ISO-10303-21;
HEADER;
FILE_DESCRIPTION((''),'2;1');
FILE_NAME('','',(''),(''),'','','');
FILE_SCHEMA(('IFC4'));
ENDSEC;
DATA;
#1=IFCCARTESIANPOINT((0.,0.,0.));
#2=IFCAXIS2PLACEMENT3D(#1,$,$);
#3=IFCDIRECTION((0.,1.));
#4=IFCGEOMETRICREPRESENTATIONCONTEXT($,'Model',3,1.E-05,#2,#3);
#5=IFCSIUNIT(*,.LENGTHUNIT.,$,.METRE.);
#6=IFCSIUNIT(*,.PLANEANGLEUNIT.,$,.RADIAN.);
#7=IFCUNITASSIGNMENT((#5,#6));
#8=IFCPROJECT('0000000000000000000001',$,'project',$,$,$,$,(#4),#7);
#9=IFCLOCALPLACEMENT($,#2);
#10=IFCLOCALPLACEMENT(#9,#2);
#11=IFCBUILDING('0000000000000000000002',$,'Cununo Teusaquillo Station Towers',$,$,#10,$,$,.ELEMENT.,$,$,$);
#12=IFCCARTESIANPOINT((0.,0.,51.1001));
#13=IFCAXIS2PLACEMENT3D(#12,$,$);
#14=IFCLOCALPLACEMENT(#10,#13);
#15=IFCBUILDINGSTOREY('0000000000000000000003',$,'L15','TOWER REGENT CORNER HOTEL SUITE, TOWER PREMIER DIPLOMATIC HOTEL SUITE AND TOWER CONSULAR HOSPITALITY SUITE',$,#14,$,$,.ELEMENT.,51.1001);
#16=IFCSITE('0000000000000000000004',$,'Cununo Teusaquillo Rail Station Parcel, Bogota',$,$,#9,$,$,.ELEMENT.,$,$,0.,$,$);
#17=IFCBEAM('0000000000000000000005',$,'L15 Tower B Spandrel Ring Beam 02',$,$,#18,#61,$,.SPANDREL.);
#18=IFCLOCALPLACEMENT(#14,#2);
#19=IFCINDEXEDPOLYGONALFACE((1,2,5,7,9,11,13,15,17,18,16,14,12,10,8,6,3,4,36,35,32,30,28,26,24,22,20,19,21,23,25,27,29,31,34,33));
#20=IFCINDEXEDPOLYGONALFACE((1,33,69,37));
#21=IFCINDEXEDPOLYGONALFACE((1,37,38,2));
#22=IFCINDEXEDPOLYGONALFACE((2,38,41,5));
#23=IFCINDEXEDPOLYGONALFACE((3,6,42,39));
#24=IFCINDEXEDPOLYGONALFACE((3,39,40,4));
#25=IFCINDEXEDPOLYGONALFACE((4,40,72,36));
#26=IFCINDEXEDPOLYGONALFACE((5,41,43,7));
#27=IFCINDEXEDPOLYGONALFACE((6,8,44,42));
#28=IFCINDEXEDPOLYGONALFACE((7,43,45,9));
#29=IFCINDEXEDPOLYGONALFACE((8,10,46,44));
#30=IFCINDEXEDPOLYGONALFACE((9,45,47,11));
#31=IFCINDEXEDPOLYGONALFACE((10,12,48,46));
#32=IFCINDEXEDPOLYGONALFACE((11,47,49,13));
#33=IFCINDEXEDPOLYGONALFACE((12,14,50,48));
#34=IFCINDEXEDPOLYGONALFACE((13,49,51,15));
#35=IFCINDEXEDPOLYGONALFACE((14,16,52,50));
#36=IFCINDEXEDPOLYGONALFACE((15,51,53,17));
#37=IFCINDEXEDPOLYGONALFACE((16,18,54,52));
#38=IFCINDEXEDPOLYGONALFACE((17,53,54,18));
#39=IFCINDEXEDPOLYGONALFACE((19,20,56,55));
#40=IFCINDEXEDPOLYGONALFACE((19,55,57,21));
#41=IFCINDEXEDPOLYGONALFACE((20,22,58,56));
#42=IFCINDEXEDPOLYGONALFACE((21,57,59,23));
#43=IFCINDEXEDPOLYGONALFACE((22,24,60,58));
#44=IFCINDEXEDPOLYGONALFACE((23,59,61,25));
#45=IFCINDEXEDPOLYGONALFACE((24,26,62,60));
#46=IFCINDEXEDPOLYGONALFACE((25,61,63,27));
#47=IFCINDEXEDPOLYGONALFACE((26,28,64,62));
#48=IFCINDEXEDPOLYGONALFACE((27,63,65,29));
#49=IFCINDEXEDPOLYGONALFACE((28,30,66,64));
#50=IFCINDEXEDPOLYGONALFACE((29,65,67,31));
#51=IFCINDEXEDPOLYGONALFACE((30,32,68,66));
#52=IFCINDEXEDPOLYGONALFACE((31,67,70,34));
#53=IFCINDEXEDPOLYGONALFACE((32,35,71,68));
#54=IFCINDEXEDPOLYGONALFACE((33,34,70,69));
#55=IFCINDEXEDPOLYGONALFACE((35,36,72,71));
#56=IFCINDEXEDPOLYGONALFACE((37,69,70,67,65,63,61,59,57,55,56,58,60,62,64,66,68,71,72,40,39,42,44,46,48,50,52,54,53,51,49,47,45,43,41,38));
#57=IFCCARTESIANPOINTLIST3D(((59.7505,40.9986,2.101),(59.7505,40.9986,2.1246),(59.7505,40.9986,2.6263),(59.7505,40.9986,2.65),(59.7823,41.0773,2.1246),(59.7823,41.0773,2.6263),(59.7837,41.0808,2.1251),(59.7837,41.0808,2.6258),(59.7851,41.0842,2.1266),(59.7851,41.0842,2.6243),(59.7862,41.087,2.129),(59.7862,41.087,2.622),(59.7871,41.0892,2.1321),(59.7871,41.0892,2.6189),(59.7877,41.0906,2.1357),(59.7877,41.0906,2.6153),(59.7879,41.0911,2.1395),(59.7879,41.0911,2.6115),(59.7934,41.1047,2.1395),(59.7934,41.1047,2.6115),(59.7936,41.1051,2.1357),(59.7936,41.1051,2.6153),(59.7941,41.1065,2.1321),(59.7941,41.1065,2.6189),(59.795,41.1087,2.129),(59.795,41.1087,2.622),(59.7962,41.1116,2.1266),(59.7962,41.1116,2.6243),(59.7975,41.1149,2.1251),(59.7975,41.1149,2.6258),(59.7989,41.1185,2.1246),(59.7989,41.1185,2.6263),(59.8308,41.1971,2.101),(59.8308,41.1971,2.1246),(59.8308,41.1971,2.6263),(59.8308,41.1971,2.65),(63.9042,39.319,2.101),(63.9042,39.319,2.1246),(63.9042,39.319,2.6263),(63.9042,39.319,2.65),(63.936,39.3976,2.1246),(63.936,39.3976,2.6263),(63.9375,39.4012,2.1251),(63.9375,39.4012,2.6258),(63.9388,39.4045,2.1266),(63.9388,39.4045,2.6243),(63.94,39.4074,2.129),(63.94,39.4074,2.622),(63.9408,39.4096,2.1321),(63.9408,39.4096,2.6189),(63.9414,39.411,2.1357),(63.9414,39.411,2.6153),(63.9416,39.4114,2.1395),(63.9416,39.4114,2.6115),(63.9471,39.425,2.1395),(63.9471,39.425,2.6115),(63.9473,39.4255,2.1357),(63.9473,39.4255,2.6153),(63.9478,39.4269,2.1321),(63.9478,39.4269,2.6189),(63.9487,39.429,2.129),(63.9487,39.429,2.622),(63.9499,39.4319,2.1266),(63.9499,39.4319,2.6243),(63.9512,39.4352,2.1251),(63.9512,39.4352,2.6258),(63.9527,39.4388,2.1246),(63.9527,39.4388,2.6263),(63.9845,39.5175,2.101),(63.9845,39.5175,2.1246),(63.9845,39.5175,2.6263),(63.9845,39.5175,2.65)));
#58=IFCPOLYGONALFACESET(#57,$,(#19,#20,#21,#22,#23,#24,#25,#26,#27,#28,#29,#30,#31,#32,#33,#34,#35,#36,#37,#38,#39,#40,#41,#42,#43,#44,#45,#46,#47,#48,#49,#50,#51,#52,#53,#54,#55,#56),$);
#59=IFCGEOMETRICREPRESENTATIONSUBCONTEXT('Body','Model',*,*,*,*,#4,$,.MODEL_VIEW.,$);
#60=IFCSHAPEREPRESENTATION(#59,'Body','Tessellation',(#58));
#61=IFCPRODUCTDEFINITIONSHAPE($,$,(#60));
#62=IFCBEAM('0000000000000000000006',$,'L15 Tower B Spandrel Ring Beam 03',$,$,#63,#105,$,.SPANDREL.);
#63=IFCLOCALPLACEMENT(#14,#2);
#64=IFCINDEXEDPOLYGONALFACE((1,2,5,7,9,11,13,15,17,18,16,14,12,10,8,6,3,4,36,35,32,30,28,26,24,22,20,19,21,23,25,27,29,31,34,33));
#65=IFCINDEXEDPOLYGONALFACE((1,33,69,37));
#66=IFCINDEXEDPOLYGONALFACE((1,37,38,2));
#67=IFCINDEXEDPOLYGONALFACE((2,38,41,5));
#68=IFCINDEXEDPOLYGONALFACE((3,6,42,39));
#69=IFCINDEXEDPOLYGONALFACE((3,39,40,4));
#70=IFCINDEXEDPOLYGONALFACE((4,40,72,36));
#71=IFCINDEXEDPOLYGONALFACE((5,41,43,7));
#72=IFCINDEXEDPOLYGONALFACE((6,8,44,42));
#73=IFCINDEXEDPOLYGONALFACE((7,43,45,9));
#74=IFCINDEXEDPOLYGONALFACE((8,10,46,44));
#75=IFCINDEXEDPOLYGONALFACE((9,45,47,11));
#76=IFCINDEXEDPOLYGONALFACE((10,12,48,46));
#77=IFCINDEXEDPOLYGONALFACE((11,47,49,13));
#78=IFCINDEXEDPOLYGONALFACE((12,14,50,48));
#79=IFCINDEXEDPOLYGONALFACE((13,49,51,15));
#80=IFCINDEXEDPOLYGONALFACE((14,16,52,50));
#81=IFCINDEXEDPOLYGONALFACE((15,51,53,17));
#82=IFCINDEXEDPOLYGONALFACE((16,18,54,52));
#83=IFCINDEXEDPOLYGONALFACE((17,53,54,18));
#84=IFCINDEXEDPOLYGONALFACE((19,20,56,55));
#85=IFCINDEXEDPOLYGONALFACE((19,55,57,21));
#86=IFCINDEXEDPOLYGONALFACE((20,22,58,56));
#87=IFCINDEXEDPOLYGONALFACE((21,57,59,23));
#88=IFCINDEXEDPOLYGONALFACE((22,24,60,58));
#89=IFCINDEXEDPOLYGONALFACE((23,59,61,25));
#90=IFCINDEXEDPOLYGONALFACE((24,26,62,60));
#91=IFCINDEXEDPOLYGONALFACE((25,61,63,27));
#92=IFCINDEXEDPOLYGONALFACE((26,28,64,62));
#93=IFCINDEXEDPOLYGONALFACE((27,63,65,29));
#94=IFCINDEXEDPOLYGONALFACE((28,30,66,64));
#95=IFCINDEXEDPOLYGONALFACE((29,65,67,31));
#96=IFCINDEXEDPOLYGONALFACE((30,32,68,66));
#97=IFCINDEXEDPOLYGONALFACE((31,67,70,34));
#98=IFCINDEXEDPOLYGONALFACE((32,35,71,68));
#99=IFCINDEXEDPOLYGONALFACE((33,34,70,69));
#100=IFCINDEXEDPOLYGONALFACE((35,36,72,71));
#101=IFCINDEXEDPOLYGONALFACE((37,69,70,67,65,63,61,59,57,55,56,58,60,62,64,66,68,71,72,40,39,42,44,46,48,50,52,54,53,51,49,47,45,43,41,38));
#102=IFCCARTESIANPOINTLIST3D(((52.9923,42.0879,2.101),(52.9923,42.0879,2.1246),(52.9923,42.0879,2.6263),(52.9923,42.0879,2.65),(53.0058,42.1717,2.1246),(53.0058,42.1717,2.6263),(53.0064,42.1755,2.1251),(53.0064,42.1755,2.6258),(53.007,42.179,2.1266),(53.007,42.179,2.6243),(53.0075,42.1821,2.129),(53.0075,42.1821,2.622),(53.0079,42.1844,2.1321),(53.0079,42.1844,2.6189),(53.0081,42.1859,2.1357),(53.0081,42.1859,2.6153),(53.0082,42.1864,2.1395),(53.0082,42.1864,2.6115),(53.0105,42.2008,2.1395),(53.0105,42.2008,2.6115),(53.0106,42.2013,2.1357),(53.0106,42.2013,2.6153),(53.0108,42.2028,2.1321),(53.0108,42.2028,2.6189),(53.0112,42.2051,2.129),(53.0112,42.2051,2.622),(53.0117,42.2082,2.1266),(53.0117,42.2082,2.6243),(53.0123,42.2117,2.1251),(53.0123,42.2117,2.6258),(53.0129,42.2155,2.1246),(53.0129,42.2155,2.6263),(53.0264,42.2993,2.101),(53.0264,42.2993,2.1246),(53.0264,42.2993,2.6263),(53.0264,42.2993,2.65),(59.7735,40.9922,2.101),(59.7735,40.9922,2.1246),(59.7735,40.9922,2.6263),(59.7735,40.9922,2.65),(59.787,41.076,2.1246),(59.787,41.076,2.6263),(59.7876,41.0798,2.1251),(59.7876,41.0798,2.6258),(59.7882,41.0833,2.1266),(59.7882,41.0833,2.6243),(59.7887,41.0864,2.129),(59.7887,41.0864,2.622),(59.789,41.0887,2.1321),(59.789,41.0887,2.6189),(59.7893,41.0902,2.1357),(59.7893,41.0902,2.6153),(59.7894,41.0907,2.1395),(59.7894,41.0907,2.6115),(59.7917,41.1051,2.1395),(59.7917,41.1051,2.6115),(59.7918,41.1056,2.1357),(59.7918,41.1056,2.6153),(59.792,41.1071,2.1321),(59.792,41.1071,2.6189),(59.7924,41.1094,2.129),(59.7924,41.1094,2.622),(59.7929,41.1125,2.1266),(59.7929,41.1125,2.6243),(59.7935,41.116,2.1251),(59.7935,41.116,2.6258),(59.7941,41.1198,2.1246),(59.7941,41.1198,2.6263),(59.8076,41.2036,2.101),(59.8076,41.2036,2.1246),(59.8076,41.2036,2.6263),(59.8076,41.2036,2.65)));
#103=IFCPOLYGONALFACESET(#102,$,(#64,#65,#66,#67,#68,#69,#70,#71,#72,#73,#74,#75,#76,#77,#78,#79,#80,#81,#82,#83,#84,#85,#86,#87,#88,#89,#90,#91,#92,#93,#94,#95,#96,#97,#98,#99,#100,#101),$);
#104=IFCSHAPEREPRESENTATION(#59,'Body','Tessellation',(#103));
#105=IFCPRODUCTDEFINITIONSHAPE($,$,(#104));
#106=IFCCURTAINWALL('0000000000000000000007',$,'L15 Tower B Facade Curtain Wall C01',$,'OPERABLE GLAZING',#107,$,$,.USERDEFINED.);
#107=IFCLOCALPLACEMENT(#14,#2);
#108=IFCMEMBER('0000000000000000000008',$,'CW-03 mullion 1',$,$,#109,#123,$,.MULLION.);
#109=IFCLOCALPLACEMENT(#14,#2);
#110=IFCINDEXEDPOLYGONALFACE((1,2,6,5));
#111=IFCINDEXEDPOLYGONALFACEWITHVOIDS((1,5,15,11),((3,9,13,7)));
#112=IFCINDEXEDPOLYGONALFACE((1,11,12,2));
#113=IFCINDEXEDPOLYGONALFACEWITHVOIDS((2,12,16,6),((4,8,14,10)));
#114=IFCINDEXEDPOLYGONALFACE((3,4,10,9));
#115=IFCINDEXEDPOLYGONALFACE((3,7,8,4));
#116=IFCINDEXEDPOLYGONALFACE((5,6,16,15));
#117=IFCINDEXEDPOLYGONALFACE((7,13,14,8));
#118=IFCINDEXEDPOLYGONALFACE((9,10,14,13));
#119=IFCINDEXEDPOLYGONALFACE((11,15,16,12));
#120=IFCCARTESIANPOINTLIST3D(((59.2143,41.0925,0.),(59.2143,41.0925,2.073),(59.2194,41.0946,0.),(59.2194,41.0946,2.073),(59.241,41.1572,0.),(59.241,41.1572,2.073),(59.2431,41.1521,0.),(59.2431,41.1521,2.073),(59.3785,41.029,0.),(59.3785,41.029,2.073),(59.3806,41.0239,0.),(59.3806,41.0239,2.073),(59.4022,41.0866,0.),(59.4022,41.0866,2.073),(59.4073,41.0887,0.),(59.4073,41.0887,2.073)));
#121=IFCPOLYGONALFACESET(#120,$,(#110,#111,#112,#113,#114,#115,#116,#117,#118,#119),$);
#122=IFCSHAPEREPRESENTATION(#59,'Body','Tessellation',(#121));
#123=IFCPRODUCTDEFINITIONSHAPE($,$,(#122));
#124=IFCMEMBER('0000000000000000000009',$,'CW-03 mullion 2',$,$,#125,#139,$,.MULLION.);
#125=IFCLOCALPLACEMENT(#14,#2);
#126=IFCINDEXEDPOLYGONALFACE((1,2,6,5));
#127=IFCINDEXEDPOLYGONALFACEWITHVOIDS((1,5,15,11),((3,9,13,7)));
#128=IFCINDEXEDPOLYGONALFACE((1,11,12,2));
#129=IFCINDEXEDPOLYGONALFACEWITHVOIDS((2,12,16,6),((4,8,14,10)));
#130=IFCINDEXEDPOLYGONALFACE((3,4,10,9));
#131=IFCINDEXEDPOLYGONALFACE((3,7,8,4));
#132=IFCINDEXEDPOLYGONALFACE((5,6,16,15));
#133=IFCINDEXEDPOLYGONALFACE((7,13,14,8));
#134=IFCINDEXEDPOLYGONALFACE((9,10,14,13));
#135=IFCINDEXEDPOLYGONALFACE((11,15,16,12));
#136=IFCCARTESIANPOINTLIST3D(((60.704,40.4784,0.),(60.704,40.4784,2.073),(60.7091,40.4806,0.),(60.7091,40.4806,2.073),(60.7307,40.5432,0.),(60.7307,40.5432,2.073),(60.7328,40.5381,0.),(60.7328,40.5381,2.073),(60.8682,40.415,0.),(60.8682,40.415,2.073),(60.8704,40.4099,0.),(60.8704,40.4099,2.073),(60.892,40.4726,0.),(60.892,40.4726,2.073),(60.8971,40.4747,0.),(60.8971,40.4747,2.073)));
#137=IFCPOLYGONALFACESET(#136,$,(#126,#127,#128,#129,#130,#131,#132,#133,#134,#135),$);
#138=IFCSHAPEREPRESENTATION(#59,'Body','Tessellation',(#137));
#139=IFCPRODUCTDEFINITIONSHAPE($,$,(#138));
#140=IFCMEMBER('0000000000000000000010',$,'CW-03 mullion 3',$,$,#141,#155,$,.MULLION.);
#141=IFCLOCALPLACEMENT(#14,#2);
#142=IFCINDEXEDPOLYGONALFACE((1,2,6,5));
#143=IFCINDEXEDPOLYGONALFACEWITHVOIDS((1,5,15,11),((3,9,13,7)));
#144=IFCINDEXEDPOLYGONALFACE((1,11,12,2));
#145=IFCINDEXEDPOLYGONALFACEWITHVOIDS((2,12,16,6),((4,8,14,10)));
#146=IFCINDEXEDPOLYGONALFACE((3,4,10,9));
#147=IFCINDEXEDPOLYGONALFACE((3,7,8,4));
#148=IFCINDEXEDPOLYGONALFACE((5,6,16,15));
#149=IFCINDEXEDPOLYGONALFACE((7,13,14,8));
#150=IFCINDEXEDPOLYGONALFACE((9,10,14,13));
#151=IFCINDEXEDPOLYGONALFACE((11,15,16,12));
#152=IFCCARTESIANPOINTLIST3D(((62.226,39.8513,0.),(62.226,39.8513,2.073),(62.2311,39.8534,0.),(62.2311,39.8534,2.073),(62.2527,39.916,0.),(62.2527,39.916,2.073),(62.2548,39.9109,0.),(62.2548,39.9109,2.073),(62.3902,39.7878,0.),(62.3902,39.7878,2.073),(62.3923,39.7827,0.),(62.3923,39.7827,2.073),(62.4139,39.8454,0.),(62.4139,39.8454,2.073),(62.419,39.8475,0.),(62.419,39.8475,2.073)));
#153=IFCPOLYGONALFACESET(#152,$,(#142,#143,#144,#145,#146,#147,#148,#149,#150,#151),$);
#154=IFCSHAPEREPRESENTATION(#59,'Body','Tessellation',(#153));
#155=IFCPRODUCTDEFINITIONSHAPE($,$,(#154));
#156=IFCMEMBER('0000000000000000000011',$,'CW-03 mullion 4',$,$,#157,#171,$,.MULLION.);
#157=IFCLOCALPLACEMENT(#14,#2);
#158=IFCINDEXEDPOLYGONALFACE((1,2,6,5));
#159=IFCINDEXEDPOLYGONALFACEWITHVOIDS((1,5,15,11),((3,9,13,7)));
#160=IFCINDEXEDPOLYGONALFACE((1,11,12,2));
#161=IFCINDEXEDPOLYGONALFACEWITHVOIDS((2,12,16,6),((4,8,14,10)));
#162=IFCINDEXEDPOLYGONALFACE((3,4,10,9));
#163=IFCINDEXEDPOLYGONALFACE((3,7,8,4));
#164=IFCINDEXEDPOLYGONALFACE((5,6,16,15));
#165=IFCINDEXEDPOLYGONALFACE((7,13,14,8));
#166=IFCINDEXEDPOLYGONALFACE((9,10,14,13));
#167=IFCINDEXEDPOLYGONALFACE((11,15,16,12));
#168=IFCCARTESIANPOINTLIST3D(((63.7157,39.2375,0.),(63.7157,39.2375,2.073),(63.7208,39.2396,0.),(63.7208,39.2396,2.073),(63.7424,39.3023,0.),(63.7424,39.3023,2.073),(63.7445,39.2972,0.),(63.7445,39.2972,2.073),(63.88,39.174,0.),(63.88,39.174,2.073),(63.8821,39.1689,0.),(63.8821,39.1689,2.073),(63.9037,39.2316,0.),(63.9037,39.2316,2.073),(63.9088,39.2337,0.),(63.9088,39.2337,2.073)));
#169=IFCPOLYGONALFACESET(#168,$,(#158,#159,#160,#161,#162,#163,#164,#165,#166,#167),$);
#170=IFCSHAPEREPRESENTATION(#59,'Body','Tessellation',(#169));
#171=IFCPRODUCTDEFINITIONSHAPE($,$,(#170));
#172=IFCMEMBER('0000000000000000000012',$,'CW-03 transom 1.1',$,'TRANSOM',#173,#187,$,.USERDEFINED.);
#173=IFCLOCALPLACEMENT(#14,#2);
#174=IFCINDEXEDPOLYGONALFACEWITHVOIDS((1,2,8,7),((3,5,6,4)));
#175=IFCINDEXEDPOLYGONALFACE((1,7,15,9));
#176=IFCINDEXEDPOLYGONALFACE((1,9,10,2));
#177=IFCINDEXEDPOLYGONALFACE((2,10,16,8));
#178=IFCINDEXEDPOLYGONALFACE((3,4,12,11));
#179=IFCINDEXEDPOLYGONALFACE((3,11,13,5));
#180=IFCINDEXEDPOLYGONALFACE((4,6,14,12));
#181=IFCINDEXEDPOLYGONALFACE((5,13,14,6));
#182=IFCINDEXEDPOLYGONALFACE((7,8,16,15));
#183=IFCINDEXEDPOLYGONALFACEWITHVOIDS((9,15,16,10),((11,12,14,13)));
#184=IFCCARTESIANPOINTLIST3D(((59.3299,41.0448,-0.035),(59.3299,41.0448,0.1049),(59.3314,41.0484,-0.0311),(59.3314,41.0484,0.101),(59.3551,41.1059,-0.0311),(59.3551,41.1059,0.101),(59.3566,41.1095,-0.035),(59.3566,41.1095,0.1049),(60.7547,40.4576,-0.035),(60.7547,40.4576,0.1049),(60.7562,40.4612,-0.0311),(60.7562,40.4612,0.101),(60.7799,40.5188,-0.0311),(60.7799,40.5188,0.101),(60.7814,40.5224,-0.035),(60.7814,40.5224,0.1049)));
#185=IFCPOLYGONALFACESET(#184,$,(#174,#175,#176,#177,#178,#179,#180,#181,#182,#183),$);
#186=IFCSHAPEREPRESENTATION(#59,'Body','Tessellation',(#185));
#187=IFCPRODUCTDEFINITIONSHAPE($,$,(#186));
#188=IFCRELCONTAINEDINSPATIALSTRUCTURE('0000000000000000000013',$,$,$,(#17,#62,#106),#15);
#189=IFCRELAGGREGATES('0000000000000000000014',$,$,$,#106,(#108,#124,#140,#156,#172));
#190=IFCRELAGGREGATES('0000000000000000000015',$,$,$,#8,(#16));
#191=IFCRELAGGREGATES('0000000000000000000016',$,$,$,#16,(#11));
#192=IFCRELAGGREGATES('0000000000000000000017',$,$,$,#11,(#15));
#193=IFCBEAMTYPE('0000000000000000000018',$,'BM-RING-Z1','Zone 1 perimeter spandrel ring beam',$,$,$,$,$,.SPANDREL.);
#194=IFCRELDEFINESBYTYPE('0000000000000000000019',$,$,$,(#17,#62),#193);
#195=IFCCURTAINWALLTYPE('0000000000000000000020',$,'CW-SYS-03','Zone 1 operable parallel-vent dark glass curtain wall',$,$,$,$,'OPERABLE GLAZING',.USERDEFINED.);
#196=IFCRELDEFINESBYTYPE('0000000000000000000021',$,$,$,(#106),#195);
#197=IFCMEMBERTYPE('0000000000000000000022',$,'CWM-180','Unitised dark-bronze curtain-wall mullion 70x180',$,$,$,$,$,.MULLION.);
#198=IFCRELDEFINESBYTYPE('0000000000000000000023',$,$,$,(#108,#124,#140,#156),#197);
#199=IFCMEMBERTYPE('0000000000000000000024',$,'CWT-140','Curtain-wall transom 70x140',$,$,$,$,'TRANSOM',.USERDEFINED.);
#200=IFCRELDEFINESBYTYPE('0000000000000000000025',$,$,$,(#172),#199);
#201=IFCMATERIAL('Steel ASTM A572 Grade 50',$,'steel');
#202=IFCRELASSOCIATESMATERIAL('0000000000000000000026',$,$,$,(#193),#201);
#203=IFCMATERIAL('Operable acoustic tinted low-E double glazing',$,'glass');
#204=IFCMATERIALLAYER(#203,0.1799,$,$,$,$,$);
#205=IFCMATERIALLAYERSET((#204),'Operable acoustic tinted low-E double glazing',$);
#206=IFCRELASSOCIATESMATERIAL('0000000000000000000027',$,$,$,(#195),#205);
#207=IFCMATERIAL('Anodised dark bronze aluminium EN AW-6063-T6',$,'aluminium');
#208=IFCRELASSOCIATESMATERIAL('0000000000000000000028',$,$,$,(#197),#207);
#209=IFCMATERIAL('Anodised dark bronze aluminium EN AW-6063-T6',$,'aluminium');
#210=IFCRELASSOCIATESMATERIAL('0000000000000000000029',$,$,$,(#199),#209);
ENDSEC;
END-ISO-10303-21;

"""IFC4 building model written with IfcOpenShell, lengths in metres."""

from ifc_helpers import new_model, si_unit, direction, frame, origin, origin_2d, place, context, subcontext, project, spatial, hollow_rectangle, i_section, extrude, material, layer, layer_set, material_profile, profile_set, type_object, element, aggregate, save


model = new_model("IFC4")

# Units and contexts
model_context = context("Model", 3, precision=1e-05, world=origin(), true_north=direction((0.0, 1.0)))
body_context = subcontext(model_context, "Body", "Model", "MODEL_VIEW")
ifc_project = project(units=[si_unit("LENGTHUNIT", "METRE"), si_unit("PLANEANGLEUNIT", "RADIAN")], contexts=[model_context])

# Site, building, storey
site_placement = place(None, origin())
site = spatial("IfcSite", under=ifc_project, at=site_placement, Name="Cununo Teusaquillo Rail Station Parcel, Bogota", CompositionType="ELEMENT", RefElevation=0.0)
building_placement = place(site_placement, origin())
building = spatial("IfcBuilding", under=site, at=building_placement, Name="Cununo Teusaquillo Station Towers", CompositionType="ELEMENT")
storey_placement = place(building_placement, frame((0.0, 0.0, 51.1001)))
storey = spatial("IfcBuildingStorey", under=building, at=storey_placement, Name="L15", Description="TOWER REGENT CORNER HOTEL SUITE, TOWER PREMIER DIPLOMATIC HOTEL SUITE AND TOWER CONSULAR HOSPITALITY SUITE", CompositionType="ELEMENT", Elevation=51.1001)

# Beams
ifc_material_1 = material(Name="Steel ASTM A572 Grade 50", Category="steel")
ifc_material_profile_1 = material_profile(ifc_material_1, i_section(OverallWidth=0.2141, OverallDepth=0.5491, WebThickness=0.0146, FlangeThickness=0.0237, FilletRadius=0.0149, at=origin_2d()), Name="W21X93")
ifc_profile_set_1 = profile_set([ifc_material_profile_1], Name="Steel ASTM A572 Grade 50")
beam_type_1 = type_object("IfcBeamType", Name="BM-RING-Z1", Description="Zone 1 perimeter spandrel ring beam", PredefinedType="SPANDREL", material=ifc_profile_set_1)
beam_1_placement = place(storey_placement, frame((63.9443, 39.4182, 2.3755), z_axis=(-0.927072, 0.374883, 0.0), x_axis=(-0.374883, -0.927072, 0.0)))
element("IfcBeam", 1, at=beam_1_placement, inside=storey, type_object=beam_type_1, Name="L15 Tower B Spandrel Ring Beam 02", PredefinedType="SPANDREL", context=body_context, shape_type="SweptSolid", body=[
    extrude(i_section(OverallWidth=0.2141, OverallDepth=0.5491, WebThickness=0.0146, FlangeThickness=0.0237, FilletRadius=0.0149, at=origin_2d()), origin(), (0.0, 0.0, 1.0), 4.4805),
])
beam_2_placement = place(storey_placement, frame((59.7905, 41.0979, 2.3755), z_axis=(-0.987196, 0.15951, 0.0), x_axis=(-0.15951, -0.987196, 0.0)))
element("IfcBeam", 2, at=beam_2_placement, inside=storey, type_object=beam_type_1, Name="L15 Tower B Spandrel Ring Beam 03", PredefinedType="SPANDREL", context=body_context, shape_type="SweptSolid", body=[
    extrude(i_section(OverallWidth=0.2141, OverallDepth=0.5491, WebThickness=0.0146, FlangeThickness=0.0237, FilletRadius=0.0149, at=origin_2d()), origin(), (0.0, 0.0, 1.0), 6.8691),
])

# Curtain wall, members
ifc_material_2 = material(Name="Operable acoustic tinted low-E double glazing", Category="glass")
ifc_layer_1 = layer(ifc_material_2, 0.1799)
ifc_layer_set_1 = layer_set([ifc_layer_1], Name="Operable acoustic tinted low-E double glazing")
curtain_wall_type = type_object("IfcCurtainWallType", Name="CW-SYS-03", Description="Zone 1 operable parallel-vent dark glass curtain wall", ElementType="OPERABLE GLAZING", PredefinedType="USERDEFINED", material=ifc_layer_set_1)
curtain_wall_placement = place(storey_placement, origin())
curtain_wall = element("IfcCurtainWall", 3, at=curtain_wall_placement, inside=storey, type_object=curtain_wall_type, Name="L15 Tower B Facade Curtain Wall C01", ObjectType="OPERABLE GLAZING", PredefinedType="USERDEFINED")
ifc_material_3 = material(Name="Anodised dark bronze aluminium EN AW-6063-T6", Category="aluminium")
ifc_material_profile_2 = material_profile(ifc_material_3, hollow_rectangle(XDim=0.0701, YDim=0.1799, WallThickness=0.0039, at=origin_2d()), Name="CW-MULL-70x180")
ifc_profile_set_2 = profile_set([ifc_material_profile_2], Name="Anodised dark bronze aluminium EN AW-6063-T6")
member_type_1 = type_object("IfcMemberType", Name="CWM-180", Description="Unitised dark-bronze curtain-wall mullion 70x180", PredefinedType="MULLION", material=ifc_profile_set_2)
member_1_placement = place(storey_placement, frame((59.3108, 41.0906, 0.0), z_axis=(0.0, 0.0, 1.0), x_axis=(0.381006, 0.924572, 0.0)))
member_1 = element("IfcMember", 4, at=member_1_placement, type_object=member_type_1, Name="CW-03 mullion 1", PredefinedType="MULLION", context=body_context, shape_type="SweptSolid", body=[
    extrude(hollow_rectangle(XDim=0.0701, YDim=0.1799, WallThickness=0.0039, at=origin_2d()), origin(), (0.0, 0.0, 1.0), 2.073),
])
member_2_placement = place(storey_placement, frame((60.8005, 40.4766, 0.0), z_axis=(0.0, 0.0, 1.0), x_axis=(0.381006, 0.924572, 0.0)))
member_2 = element("IfcMember", 5, at=member_2_placement, type_object=member_type_1, Name="CW-03 mullion 2", PredefinedType="MULLION", context=body_context, shape_type="SweptSolid", body=[
    extrude(hollow_rectangle(XDim=0.0701, YDim=0.1799, WallThickness=0.0039, at=origin_2d()), origin(), (0.0, 0.0, 1.0), 2.073),
])
member_3_placement = place(storey_placement, frame((62.3225, 39.8494, 0.0), z_axis=(0.0, 0.0, 1.0), x_axis=(0.381006, 0.924572, 0.0)))
member_3 = element("IfcMember", 6, at=member_3_placement, type_object=member_type_1, Name="CW-03 mullion 3", PredefinedType="MULLION", context=body_context, shape_type="SweptSolid", body=[
    extrude(hollow_rectangle(XDim=0.0701, YDim=0.1799, WallThickness=0.0039, at=origin_2d()), origin(), (0.0, 0.0, 1.0), 2.073),
])
member_4_placement = place(storey_placement, frame((63.8123, 39.2356, 0.0), z_axis=(0.0, 0.0, 1.0), x_axis=(0.381006, 0.924572, 0.0)))
member_4 = element("IfcMember", 7, at=member_4_placement, type_object=member_type_1, Name="CW-03 mullion 4", PredefinedType="MULLION", context=body_context, shape_type="SweptSolid", body=[
    extrude(hollow_rectangle(XDim=0.0701, YDim=0.1799, WallThickness=0.0039, at=origin_2d()), origin(), (0.0, 0.0, 1.0), 2.073),
])
ifc_material_4 = material(Name="Anodised dark bronze aluminium EN AW-6063-T6", Category="aluminium")
ifc_material_profile_3 = material_profile(ifc_material_4, hollow_rectangle(XDim=0.0701, YDim=0.1399, WallThickness=0.0039, at=origin_2d()), Name="CW-TRAN-70x140")
ifc_profile_set_3 = profile_set([ifc_material_profile_3], Name="Anodised dark bronze aluminium EN AW-6063-T6")
member_type_2 = type_object("IfcMemberType", Name="CWT-140", Description="Curtain-wall transom 70x140", ElementType="TRANSOM", PredefinedType="USERDEFINED", material=ifc_profile_set_3)
member_5_placement = place(storey_placement, frame((59.3433, 41.0771, 0.0349), z_axis=(0.92457, -0.381013, 0.0), x_axis=(0.381013, 0.92457, 0.0)))
member_5 = element("IfcMember", 8, at=member_5_placement, type_object=member_type_2, Name="CW-03 transom 1.1", ObjectType="TRANSOM", PredefinedType="USERDEFINED", context=body_context, shape_type="SweptSolid", body=[
    extrude(hollow_rectangle(XDim=0.0701, YDim=0.1399, WallThickness=0.0039, at=origin_2d()), origin(), (0.0, 0.0, 1.0), 1.541),
])

aggregate(curtain_wall, [member_1, member_2, member_3, member_4, member_5])

save(model, "model.ifc")
